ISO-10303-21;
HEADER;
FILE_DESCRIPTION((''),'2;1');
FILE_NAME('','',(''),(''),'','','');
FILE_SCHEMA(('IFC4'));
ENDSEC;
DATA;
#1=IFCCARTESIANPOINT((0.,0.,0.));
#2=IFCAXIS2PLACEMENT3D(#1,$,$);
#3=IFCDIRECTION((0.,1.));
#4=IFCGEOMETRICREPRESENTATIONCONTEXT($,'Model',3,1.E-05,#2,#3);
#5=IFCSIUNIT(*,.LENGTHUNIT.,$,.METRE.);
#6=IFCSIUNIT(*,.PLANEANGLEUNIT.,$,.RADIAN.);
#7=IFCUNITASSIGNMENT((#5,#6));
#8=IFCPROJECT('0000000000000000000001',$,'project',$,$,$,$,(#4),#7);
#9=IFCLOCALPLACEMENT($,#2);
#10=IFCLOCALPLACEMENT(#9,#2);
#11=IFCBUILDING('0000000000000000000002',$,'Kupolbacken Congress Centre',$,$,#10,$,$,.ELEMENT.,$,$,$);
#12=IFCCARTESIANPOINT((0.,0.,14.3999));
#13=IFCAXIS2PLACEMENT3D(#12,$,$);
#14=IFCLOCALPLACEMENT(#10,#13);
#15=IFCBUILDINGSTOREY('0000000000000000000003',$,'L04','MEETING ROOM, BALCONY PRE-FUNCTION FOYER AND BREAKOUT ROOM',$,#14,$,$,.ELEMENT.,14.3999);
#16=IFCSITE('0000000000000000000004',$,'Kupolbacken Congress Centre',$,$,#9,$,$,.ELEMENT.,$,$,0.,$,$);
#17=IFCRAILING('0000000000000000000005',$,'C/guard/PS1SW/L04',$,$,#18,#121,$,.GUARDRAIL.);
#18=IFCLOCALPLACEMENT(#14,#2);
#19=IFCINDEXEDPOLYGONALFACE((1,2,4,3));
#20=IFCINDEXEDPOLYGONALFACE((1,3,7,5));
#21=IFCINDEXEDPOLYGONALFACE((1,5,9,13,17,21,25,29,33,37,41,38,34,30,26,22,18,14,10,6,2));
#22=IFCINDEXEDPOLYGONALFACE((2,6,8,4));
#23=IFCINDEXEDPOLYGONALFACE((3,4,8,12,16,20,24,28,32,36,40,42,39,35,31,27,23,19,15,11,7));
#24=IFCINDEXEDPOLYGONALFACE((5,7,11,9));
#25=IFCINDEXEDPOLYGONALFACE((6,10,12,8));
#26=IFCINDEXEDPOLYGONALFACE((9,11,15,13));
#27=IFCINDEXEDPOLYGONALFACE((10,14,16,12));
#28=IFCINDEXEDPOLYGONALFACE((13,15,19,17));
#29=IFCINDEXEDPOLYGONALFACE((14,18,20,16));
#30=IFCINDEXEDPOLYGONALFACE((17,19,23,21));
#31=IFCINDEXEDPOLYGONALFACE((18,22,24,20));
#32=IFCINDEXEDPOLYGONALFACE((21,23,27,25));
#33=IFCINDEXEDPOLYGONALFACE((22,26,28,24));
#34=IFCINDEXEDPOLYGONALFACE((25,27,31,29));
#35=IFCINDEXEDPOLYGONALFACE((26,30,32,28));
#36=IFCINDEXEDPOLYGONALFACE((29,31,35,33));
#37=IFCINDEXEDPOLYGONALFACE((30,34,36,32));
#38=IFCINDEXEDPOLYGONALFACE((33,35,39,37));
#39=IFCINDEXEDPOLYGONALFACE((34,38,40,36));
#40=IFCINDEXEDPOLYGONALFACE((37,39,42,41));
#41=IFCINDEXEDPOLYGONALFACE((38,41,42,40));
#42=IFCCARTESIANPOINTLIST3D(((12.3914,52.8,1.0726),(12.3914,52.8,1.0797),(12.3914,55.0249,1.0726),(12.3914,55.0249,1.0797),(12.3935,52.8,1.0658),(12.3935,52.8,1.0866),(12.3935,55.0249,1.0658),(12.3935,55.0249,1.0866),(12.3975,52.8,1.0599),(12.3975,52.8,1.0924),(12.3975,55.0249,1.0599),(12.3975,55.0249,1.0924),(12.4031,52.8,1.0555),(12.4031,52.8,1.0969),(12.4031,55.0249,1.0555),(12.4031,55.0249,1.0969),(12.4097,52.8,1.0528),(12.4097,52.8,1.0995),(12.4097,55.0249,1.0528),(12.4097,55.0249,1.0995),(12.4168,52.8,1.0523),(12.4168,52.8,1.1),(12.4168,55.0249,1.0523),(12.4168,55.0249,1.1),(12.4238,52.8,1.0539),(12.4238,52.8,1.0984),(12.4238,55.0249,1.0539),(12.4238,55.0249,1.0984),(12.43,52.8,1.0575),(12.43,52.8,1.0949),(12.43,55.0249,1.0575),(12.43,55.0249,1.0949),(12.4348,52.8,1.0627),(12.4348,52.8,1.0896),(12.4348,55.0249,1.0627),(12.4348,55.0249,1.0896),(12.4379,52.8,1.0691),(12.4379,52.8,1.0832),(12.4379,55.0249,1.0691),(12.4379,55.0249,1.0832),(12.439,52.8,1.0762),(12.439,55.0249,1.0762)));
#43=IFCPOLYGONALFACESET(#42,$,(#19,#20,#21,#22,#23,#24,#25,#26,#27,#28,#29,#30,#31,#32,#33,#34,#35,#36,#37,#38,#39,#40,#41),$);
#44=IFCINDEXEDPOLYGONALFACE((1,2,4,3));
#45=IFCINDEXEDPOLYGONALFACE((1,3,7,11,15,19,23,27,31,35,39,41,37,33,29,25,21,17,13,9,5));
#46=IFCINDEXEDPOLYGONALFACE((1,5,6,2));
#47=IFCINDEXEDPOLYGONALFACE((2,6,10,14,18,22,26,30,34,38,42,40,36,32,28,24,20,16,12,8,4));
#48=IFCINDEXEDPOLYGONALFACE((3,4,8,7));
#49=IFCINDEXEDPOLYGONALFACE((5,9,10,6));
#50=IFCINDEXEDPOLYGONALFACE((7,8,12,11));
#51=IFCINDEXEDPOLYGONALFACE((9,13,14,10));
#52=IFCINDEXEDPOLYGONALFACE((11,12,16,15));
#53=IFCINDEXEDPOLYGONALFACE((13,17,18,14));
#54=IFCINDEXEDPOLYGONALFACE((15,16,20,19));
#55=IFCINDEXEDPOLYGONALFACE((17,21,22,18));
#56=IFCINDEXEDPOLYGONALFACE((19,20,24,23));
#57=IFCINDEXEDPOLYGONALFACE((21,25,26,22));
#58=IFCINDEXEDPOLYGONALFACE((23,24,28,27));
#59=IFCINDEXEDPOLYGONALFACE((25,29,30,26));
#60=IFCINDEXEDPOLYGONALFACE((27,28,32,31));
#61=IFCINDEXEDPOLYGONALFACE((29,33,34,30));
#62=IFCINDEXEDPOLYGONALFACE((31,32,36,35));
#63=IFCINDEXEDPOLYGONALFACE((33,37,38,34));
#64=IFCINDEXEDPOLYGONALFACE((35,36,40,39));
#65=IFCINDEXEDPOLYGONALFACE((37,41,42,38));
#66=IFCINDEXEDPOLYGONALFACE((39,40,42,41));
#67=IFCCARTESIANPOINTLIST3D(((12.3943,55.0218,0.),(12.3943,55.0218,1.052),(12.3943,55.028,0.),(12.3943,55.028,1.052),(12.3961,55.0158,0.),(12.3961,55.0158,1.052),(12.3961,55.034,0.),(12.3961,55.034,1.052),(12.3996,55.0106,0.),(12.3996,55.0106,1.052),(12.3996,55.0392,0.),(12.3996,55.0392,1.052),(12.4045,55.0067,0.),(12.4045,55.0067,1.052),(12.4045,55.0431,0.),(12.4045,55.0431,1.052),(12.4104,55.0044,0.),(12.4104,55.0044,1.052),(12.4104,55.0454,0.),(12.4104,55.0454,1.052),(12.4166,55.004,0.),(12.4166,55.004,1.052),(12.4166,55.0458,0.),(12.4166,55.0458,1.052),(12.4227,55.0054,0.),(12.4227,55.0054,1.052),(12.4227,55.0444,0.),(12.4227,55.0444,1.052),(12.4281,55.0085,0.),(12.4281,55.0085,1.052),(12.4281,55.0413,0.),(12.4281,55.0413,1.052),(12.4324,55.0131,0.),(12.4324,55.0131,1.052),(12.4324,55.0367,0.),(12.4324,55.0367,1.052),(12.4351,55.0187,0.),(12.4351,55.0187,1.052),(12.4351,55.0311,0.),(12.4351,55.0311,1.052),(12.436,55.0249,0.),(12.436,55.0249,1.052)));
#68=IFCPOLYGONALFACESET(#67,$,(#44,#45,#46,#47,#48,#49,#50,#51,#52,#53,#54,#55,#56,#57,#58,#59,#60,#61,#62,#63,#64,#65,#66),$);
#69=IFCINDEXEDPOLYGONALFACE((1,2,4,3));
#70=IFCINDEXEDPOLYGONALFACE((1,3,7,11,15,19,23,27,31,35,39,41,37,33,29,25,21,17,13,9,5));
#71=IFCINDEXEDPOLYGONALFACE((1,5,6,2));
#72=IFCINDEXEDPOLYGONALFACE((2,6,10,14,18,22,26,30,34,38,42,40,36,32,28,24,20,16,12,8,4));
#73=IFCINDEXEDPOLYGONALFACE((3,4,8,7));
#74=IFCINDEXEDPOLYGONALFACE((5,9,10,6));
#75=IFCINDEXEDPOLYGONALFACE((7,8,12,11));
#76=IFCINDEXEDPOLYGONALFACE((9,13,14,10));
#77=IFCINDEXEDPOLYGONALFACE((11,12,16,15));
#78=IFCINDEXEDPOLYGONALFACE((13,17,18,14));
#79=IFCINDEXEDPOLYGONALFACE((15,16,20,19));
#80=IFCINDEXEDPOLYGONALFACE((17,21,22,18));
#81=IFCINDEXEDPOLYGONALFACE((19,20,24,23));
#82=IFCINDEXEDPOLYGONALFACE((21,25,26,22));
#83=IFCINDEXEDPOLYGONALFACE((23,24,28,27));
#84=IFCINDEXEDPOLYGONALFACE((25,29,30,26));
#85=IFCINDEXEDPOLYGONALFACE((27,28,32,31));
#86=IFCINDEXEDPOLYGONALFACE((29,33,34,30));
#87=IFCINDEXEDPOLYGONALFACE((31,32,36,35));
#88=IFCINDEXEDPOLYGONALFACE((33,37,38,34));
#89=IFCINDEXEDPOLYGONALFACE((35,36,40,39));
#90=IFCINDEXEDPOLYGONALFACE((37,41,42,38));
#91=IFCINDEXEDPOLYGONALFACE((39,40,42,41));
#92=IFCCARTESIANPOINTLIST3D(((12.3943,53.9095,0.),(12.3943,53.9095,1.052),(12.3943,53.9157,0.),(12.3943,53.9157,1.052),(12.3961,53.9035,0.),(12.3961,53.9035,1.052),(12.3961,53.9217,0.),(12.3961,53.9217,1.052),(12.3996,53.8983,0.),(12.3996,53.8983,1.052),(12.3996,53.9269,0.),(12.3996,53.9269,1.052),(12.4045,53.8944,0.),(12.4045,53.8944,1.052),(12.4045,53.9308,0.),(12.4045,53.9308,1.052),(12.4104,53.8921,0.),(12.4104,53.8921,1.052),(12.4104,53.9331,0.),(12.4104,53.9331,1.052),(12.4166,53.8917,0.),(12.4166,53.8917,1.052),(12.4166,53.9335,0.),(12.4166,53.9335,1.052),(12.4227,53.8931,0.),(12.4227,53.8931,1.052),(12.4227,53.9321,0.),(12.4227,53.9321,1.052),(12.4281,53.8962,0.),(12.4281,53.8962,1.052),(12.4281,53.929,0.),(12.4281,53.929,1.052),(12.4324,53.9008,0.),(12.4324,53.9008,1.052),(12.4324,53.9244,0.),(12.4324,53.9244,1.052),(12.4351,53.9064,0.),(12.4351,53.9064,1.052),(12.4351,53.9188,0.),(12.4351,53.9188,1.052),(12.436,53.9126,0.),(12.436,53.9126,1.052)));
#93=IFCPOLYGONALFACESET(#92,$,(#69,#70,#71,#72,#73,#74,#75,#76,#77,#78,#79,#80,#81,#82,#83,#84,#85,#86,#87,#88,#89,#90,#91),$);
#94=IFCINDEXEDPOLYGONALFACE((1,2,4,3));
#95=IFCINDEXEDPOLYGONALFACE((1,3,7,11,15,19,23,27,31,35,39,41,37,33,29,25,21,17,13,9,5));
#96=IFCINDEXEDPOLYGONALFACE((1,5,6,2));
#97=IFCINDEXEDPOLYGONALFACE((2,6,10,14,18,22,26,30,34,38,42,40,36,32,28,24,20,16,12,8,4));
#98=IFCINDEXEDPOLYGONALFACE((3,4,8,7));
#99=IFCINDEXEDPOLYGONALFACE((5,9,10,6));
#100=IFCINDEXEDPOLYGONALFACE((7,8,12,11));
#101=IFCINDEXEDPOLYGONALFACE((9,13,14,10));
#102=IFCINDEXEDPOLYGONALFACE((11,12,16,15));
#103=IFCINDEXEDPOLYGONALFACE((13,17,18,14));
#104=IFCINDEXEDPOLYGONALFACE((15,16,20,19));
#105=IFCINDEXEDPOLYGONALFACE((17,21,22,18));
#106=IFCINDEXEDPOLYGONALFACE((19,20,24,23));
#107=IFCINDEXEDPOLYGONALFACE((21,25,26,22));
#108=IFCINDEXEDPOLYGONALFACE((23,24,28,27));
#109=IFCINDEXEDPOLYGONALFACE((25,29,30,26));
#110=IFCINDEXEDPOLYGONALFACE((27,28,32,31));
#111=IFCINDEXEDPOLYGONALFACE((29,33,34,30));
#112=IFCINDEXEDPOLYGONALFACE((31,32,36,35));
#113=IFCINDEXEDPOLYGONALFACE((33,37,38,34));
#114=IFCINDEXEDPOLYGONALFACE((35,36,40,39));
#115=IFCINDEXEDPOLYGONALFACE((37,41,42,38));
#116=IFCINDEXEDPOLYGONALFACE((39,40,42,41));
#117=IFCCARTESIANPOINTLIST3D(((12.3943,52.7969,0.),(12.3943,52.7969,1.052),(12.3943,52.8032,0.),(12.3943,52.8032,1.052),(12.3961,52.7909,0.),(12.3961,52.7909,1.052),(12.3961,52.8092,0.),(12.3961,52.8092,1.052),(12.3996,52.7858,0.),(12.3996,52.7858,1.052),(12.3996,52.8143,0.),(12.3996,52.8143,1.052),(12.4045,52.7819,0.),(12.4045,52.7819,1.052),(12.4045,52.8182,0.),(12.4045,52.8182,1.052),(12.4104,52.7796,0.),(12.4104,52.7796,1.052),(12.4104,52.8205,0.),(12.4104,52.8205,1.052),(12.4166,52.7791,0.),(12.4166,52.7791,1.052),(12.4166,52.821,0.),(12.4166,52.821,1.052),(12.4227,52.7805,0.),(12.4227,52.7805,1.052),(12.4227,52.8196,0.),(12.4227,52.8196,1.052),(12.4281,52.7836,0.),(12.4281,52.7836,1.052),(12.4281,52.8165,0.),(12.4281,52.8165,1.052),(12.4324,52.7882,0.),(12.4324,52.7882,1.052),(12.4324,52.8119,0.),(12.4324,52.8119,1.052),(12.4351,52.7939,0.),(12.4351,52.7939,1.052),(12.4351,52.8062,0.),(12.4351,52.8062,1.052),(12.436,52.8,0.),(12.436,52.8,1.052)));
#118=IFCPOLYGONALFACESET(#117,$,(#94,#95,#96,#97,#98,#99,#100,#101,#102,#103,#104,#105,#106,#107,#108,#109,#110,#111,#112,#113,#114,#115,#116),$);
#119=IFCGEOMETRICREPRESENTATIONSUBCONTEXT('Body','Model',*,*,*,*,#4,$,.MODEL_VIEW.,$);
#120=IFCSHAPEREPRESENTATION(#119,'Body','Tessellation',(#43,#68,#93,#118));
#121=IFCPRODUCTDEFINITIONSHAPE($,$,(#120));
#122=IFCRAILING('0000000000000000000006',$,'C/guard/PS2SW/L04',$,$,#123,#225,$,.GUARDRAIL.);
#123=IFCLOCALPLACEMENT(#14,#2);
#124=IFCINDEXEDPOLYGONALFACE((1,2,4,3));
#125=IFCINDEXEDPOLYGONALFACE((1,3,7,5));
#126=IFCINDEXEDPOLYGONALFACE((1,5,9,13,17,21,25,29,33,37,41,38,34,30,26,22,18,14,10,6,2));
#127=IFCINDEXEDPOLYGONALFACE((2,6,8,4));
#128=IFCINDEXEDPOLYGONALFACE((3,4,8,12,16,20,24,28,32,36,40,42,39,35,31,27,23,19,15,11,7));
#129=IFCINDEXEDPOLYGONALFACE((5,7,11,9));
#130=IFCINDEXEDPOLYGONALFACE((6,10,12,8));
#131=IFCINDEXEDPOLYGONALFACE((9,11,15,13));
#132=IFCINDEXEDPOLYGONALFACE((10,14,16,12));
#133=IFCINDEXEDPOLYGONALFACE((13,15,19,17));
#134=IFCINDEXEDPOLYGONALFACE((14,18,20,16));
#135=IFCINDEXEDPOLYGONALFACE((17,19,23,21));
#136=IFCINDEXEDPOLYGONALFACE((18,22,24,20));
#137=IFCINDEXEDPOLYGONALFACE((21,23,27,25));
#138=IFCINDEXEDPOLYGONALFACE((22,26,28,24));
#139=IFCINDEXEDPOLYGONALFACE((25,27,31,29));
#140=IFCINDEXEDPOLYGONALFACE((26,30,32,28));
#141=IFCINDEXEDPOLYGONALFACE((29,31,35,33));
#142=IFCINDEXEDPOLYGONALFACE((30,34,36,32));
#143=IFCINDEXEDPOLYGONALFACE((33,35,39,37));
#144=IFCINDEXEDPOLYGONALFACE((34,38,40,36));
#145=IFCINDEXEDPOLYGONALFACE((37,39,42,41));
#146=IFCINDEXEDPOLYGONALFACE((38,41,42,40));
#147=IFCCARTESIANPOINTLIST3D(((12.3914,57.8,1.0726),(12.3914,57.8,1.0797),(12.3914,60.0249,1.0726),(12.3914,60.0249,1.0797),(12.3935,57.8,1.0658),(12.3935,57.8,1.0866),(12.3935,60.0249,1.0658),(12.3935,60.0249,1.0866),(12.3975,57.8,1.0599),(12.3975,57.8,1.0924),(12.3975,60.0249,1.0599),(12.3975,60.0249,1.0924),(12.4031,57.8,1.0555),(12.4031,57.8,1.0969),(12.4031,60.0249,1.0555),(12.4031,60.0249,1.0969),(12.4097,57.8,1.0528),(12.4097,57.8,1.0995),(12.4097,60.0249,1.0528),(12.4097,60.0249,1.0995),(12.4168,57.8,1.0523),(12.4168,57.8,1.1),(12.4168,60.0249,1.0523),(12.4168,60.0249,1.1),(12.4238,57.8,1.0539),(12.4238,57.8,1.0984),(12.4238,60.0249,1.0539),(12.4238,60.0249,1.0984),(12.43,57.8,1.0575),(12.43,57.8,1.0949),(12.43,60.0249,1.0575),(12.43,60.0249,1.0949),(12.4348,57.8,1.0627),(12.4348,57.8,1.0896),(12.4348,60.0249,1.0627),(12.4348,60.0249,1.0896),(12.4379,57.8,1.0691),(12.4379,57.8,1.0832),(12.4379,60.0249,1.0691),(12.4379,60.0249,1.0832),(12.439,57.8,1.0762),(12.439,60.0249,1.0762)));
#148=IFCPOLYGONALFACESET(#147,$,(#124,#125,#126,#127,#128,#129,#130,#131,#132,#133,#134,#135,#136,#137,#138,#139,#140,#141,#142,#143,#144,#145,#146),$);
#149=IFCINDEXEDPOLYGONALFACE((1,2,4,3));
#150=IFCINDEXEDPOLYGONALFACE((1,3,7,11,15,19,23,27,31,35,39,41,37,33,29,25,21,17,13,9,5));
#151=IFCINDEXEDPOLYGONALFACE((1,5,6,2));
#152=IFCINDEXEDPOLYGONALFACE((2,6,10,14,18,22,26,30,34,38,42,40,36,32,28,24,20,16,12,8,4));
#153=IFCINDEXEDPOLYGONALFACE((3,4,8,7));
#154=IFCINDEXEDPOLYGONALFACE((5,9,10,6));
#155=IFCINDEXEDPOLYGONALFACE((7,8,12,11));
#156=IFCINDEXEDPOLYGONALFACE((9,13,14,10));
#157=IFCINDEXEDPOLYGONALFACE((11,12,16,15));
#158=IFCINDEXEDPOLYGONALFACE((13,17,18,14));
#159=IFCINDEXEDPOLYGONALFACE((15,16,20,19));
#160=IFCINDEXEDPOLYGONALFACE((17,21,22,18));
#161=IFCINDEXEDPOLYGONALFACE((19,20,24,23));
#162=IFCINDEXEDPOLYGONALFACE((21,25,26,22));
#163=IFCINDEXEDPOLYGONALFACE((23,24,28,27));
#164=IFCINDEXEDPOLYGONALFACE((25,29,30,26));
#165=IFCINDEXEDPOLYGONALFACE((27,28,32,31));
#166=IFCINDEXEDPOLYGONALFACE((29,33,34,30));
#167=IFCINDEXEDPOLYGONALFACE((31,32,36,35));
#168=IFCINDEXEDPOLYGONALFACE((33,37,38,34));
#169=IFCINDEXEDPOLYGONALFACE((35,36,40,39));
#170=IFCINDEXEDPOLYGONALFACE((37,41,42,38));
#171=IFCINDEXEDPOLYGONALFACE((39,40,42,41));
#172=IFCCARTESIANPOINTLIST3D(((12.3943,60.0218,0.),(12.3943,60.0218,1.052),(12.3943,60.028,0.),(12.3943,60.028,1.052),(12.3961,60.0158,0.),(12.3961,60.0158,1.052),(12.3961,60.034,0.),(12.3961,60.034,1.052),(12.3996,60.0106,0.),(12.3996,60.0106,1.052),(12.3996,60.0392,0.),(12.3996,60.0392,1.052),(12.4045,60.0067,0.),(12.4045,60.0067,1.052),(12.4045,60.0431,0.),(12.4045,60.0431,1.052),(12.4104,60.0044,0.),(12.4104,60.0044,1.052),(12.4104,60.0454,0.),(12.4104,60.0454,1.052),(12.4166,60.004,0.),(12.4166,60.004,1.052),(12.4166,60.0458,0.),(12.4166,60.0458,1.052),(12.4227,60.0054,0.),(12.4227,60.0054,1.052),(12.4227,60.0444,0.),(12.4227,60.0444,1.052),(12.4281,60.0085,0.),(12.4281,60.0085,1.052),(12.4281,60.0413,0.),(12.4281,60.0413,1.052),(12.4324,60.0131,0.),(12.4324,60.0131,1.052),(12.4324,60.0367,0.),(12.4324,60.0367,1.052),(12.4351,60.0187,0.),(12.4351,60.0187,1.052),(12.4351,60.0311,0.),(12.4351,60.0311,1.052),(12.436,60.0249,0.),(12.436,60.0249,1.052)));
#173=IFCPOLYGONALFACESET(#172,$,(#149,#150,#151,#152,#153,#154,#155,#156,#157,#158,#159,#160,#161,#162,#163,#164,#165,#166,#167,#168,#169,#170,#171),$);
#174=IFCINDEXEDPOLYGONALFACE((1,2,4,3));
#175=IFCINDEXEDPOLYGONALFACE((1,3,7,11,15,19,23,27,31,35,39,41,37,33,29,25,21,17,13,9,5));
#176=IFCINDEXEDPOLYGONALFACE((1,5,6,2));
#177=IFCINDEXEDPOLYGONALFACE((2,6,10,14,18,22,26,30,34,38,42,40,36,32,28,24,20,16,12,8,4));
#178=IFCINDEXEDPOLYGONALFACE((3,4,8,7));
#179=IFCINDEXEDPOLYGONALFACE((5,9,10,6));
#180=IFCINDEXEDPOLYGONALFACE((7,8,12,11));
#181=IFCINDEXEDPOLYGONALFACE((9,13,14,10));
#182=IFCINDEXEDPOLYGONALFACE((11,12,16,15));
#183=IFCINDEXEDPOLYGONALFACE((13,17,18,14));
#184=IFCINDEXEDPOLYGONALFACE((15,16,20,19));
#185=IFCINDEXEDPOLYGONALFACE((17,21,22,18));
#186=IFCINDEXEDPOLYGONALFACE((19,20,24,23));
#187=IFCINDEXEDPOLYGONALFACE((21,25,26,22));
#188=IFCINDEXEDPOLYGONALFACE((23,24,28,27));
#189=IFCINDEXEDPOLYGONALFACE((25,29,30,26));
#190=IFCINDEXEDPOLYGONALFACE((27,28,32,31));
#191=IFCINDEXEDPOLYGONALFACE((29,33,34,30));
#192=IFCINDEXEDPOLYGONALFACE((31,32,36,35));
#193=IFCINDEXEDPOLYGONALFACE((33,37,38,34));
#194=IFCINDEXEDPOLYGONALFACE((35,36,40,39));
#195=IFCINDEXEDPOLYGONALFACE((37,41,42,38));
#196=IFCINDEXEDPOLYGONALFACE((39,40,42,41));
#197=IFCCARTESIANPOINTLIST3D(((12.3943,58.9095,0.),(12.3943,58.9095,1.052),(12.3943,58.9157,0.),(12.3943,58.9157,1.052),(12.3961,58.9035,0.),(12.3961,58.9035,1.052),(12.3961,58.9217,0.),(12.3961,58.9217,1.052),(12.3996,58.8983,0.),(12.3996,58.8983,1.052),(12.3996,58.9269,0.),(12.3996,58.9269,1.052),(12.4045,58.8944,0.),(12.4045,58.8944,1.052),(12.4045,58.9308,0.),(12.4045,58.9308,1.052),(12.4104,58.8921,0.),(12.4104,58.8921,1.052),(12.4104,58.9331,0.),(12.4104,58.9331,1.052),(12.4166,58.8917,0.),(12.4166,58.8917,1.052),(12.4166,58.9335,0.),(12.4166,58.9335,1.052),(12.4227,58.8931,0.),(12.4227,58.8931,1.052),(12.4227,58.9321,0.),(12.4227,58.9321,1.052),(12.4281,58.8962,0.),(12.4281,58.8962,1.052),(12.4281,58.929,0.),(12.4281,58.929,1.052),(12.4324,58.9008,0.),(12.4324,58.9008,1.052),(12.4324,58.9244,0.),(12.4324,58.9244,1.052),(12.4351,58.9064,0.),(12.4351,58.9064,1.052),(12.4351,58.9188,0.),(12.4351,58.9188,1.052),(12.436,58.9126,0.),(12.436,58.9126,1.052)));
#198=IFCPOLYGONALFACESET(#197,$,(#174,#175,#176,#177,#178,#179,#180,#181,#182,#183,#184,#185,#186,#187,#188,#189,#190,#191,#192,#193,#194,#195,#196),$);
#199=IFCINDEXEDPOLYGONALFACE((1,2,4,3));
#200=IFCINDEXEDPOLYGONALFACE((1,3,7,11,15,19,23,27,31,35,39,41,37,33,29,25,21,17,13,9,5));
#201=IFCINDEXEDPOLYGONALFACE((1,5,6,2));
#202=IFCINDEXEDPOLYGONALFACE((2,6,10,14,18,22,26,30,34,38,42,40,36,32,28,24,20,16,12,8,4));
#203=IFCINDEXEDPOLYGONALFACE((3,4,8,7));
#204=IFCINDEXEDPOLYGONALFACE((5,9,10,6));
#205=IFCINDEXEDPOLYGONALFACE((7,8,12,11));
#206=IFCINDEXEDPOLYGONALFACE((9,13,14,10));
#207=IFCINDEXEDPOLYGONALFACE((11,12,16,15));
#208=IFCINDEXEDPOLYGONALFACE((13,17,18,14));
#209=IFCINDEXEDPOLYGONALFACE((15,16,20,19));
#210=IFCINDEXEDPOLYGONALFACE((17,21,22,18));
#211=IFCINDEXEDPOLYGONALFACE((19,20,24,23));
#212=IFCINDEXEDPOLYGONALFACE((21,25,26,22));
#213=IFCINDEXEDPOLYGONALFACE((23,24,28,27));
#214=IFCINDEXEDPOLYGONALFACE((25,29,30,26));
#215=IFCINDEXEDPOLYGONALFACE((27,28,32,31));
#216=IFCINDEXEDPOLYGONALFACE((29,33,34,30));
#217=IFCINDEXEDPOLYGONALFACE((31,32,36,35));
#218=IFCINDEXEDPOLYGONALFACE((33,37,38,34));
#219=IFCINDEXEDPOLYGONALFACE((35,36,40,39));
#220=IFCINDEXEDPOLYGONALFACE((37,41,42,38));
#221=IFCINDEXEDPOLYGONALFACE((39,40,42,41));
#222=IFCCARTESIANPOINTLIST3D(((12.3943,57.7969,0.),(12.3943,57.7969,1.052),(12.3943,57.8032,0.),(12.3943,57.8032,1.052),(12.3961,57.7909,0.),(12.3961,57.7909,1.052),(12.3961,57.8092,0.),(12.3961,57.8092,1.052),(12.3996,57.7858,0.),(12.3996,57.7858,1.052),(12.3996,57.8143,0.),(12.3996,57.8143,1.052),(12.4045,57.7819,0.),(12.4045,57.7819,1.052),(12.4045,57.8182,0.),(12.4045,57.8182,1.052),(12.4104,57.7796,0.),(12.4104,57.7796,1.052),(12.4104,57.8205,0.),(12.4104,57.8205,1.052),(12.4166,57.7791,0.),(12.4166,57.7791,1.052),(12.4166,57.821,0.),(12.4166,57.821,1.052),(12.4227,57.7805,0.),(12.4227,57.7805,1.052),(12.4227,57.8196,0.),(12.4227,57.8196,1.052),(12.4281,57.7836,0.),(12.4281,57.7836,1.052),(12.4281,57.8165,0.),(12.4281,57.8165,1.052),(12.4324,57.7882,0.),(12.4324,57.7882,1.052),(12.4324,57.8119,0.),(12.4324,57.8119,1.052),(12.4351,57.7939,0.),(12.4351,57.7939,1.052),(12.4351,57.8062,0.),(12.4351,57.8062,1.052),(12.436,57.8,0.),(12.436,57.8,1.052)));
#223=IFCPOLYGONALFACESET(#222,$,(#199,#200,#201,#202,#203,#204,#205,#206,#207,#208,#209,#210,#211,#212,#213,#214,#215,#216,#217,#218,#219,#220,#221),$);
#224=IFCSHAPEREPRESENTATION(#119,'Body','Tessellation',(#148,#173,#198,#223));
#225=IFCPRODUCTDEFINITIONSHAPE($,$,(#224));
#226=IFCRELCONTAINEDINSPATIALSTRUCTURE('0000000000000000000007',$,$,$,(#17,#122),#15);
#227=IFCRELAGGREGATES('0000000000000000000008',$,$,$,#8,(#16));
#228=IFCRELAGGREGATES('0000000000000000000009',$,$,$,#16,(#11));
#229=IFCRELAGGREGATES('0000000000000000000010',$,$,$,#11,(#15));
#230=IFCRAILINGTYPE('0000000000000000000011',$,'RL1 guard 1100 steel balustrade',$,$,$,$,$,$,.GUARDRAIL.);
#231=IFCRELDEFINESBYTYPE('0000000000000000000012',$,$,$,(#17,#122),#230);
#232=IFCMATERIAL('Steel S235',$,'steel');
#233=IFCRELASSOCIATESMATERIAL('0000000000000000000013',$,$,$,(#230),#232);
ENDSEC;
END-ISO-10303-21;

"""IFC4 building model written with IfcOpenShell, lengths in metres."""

from ifc_helpers import new_model, si_unit, direction, frame, origin, origin_2d, place, context, subcontext, project, spatial, circle, extrude, material, type_object, element, save


model = new_model("IFC4")

# Units and contexts
model_context = context("Model", 3, precision=1e-05, world=origin(), true_north=direction((0.0, 1.0)))
body_context = subcontext(model_context, "Body", "Model", "MODEL_VIEW")
ifc_project = project(units=[si_unit("LENGTHUNIT", "METRE"), si_unit("PLANEANGLEUNIT", "RADIAN")], contexts=[model_context])

# Site, building, storey
site_placement = place(None, origin())
site = spatial("IfcSite", under=ifc_project, at=site_placement, Name="Kupolbacken Congress Centre", CompositionType="ELEMENT", RefElevation=0.0)
building_placement = place(site_placement, origin())
building = spatial("IfcBuilding", under=site, at=building_placement, Name="Kupolbacken Congress Centre", CompositionType="ELEMENT")
storey_placement = place(building_placement, frame((0.0, 0.0, 14.3999)))
storey = spatial("IfcBuildingStorey", under=building, at=storey_placement, Name="L04", Description="MEETING ROOM, BALCONY PRE-FUNCTION FOYER AND BREAKOUT ROOM", CompositionType="ELEMENT", Elevation=14.3999)

# Railings
ifc_material_1 = material(Name="Steel S235", Category="steel")
railing_type = type_object("IfcRailingType", Name="RL1 guard 1100 steel balustrade", PredefinedType="GUARDRAIL", material=ifc_material_1)
for number, where, name in (
    (1, (12.415, 55.0249, 0.0), "C/guard/PS1SW/L04"),
    (2, (12.415, 60.0249, 0.0), "C/guard/PS2SW/L04"),
):
    element("IfcRailing", number, at=place(storey_placement, frame(where)), inside=storey, type_object=railing_type, Name=name, PredefinedType="GUARDRAIL", context=body_context, shape_type="SweptSolid", body=[
        extrude(circle(Radius=0.0239, at=origin_2d()), frame((0.0, 0.0, 1.0762), z_axis=(0.0, -1.0, 0.0), x_axis=(1.0, 0.0, 0.0)), (0.0, 0.0, 1.0), 2.2249),
        extrude(circle(Radius=0.021, at=origin_2d()), origin(), (0.0, 0.0, 1.0), 1.052),
        extrude(circle(Radius=0.021, at=origin_2d()), frame((0.0, -1.1123, 0.0)), (0.0, 0.0, 1.0), 1.052),
        extrude(circle(Radius=0.021, at=origin_2d()), frame((0.0, -2.2249, 0.0)), (0.0, 0.0, 1.0), 1.052),
    ])

save(model, "model.ifc")
